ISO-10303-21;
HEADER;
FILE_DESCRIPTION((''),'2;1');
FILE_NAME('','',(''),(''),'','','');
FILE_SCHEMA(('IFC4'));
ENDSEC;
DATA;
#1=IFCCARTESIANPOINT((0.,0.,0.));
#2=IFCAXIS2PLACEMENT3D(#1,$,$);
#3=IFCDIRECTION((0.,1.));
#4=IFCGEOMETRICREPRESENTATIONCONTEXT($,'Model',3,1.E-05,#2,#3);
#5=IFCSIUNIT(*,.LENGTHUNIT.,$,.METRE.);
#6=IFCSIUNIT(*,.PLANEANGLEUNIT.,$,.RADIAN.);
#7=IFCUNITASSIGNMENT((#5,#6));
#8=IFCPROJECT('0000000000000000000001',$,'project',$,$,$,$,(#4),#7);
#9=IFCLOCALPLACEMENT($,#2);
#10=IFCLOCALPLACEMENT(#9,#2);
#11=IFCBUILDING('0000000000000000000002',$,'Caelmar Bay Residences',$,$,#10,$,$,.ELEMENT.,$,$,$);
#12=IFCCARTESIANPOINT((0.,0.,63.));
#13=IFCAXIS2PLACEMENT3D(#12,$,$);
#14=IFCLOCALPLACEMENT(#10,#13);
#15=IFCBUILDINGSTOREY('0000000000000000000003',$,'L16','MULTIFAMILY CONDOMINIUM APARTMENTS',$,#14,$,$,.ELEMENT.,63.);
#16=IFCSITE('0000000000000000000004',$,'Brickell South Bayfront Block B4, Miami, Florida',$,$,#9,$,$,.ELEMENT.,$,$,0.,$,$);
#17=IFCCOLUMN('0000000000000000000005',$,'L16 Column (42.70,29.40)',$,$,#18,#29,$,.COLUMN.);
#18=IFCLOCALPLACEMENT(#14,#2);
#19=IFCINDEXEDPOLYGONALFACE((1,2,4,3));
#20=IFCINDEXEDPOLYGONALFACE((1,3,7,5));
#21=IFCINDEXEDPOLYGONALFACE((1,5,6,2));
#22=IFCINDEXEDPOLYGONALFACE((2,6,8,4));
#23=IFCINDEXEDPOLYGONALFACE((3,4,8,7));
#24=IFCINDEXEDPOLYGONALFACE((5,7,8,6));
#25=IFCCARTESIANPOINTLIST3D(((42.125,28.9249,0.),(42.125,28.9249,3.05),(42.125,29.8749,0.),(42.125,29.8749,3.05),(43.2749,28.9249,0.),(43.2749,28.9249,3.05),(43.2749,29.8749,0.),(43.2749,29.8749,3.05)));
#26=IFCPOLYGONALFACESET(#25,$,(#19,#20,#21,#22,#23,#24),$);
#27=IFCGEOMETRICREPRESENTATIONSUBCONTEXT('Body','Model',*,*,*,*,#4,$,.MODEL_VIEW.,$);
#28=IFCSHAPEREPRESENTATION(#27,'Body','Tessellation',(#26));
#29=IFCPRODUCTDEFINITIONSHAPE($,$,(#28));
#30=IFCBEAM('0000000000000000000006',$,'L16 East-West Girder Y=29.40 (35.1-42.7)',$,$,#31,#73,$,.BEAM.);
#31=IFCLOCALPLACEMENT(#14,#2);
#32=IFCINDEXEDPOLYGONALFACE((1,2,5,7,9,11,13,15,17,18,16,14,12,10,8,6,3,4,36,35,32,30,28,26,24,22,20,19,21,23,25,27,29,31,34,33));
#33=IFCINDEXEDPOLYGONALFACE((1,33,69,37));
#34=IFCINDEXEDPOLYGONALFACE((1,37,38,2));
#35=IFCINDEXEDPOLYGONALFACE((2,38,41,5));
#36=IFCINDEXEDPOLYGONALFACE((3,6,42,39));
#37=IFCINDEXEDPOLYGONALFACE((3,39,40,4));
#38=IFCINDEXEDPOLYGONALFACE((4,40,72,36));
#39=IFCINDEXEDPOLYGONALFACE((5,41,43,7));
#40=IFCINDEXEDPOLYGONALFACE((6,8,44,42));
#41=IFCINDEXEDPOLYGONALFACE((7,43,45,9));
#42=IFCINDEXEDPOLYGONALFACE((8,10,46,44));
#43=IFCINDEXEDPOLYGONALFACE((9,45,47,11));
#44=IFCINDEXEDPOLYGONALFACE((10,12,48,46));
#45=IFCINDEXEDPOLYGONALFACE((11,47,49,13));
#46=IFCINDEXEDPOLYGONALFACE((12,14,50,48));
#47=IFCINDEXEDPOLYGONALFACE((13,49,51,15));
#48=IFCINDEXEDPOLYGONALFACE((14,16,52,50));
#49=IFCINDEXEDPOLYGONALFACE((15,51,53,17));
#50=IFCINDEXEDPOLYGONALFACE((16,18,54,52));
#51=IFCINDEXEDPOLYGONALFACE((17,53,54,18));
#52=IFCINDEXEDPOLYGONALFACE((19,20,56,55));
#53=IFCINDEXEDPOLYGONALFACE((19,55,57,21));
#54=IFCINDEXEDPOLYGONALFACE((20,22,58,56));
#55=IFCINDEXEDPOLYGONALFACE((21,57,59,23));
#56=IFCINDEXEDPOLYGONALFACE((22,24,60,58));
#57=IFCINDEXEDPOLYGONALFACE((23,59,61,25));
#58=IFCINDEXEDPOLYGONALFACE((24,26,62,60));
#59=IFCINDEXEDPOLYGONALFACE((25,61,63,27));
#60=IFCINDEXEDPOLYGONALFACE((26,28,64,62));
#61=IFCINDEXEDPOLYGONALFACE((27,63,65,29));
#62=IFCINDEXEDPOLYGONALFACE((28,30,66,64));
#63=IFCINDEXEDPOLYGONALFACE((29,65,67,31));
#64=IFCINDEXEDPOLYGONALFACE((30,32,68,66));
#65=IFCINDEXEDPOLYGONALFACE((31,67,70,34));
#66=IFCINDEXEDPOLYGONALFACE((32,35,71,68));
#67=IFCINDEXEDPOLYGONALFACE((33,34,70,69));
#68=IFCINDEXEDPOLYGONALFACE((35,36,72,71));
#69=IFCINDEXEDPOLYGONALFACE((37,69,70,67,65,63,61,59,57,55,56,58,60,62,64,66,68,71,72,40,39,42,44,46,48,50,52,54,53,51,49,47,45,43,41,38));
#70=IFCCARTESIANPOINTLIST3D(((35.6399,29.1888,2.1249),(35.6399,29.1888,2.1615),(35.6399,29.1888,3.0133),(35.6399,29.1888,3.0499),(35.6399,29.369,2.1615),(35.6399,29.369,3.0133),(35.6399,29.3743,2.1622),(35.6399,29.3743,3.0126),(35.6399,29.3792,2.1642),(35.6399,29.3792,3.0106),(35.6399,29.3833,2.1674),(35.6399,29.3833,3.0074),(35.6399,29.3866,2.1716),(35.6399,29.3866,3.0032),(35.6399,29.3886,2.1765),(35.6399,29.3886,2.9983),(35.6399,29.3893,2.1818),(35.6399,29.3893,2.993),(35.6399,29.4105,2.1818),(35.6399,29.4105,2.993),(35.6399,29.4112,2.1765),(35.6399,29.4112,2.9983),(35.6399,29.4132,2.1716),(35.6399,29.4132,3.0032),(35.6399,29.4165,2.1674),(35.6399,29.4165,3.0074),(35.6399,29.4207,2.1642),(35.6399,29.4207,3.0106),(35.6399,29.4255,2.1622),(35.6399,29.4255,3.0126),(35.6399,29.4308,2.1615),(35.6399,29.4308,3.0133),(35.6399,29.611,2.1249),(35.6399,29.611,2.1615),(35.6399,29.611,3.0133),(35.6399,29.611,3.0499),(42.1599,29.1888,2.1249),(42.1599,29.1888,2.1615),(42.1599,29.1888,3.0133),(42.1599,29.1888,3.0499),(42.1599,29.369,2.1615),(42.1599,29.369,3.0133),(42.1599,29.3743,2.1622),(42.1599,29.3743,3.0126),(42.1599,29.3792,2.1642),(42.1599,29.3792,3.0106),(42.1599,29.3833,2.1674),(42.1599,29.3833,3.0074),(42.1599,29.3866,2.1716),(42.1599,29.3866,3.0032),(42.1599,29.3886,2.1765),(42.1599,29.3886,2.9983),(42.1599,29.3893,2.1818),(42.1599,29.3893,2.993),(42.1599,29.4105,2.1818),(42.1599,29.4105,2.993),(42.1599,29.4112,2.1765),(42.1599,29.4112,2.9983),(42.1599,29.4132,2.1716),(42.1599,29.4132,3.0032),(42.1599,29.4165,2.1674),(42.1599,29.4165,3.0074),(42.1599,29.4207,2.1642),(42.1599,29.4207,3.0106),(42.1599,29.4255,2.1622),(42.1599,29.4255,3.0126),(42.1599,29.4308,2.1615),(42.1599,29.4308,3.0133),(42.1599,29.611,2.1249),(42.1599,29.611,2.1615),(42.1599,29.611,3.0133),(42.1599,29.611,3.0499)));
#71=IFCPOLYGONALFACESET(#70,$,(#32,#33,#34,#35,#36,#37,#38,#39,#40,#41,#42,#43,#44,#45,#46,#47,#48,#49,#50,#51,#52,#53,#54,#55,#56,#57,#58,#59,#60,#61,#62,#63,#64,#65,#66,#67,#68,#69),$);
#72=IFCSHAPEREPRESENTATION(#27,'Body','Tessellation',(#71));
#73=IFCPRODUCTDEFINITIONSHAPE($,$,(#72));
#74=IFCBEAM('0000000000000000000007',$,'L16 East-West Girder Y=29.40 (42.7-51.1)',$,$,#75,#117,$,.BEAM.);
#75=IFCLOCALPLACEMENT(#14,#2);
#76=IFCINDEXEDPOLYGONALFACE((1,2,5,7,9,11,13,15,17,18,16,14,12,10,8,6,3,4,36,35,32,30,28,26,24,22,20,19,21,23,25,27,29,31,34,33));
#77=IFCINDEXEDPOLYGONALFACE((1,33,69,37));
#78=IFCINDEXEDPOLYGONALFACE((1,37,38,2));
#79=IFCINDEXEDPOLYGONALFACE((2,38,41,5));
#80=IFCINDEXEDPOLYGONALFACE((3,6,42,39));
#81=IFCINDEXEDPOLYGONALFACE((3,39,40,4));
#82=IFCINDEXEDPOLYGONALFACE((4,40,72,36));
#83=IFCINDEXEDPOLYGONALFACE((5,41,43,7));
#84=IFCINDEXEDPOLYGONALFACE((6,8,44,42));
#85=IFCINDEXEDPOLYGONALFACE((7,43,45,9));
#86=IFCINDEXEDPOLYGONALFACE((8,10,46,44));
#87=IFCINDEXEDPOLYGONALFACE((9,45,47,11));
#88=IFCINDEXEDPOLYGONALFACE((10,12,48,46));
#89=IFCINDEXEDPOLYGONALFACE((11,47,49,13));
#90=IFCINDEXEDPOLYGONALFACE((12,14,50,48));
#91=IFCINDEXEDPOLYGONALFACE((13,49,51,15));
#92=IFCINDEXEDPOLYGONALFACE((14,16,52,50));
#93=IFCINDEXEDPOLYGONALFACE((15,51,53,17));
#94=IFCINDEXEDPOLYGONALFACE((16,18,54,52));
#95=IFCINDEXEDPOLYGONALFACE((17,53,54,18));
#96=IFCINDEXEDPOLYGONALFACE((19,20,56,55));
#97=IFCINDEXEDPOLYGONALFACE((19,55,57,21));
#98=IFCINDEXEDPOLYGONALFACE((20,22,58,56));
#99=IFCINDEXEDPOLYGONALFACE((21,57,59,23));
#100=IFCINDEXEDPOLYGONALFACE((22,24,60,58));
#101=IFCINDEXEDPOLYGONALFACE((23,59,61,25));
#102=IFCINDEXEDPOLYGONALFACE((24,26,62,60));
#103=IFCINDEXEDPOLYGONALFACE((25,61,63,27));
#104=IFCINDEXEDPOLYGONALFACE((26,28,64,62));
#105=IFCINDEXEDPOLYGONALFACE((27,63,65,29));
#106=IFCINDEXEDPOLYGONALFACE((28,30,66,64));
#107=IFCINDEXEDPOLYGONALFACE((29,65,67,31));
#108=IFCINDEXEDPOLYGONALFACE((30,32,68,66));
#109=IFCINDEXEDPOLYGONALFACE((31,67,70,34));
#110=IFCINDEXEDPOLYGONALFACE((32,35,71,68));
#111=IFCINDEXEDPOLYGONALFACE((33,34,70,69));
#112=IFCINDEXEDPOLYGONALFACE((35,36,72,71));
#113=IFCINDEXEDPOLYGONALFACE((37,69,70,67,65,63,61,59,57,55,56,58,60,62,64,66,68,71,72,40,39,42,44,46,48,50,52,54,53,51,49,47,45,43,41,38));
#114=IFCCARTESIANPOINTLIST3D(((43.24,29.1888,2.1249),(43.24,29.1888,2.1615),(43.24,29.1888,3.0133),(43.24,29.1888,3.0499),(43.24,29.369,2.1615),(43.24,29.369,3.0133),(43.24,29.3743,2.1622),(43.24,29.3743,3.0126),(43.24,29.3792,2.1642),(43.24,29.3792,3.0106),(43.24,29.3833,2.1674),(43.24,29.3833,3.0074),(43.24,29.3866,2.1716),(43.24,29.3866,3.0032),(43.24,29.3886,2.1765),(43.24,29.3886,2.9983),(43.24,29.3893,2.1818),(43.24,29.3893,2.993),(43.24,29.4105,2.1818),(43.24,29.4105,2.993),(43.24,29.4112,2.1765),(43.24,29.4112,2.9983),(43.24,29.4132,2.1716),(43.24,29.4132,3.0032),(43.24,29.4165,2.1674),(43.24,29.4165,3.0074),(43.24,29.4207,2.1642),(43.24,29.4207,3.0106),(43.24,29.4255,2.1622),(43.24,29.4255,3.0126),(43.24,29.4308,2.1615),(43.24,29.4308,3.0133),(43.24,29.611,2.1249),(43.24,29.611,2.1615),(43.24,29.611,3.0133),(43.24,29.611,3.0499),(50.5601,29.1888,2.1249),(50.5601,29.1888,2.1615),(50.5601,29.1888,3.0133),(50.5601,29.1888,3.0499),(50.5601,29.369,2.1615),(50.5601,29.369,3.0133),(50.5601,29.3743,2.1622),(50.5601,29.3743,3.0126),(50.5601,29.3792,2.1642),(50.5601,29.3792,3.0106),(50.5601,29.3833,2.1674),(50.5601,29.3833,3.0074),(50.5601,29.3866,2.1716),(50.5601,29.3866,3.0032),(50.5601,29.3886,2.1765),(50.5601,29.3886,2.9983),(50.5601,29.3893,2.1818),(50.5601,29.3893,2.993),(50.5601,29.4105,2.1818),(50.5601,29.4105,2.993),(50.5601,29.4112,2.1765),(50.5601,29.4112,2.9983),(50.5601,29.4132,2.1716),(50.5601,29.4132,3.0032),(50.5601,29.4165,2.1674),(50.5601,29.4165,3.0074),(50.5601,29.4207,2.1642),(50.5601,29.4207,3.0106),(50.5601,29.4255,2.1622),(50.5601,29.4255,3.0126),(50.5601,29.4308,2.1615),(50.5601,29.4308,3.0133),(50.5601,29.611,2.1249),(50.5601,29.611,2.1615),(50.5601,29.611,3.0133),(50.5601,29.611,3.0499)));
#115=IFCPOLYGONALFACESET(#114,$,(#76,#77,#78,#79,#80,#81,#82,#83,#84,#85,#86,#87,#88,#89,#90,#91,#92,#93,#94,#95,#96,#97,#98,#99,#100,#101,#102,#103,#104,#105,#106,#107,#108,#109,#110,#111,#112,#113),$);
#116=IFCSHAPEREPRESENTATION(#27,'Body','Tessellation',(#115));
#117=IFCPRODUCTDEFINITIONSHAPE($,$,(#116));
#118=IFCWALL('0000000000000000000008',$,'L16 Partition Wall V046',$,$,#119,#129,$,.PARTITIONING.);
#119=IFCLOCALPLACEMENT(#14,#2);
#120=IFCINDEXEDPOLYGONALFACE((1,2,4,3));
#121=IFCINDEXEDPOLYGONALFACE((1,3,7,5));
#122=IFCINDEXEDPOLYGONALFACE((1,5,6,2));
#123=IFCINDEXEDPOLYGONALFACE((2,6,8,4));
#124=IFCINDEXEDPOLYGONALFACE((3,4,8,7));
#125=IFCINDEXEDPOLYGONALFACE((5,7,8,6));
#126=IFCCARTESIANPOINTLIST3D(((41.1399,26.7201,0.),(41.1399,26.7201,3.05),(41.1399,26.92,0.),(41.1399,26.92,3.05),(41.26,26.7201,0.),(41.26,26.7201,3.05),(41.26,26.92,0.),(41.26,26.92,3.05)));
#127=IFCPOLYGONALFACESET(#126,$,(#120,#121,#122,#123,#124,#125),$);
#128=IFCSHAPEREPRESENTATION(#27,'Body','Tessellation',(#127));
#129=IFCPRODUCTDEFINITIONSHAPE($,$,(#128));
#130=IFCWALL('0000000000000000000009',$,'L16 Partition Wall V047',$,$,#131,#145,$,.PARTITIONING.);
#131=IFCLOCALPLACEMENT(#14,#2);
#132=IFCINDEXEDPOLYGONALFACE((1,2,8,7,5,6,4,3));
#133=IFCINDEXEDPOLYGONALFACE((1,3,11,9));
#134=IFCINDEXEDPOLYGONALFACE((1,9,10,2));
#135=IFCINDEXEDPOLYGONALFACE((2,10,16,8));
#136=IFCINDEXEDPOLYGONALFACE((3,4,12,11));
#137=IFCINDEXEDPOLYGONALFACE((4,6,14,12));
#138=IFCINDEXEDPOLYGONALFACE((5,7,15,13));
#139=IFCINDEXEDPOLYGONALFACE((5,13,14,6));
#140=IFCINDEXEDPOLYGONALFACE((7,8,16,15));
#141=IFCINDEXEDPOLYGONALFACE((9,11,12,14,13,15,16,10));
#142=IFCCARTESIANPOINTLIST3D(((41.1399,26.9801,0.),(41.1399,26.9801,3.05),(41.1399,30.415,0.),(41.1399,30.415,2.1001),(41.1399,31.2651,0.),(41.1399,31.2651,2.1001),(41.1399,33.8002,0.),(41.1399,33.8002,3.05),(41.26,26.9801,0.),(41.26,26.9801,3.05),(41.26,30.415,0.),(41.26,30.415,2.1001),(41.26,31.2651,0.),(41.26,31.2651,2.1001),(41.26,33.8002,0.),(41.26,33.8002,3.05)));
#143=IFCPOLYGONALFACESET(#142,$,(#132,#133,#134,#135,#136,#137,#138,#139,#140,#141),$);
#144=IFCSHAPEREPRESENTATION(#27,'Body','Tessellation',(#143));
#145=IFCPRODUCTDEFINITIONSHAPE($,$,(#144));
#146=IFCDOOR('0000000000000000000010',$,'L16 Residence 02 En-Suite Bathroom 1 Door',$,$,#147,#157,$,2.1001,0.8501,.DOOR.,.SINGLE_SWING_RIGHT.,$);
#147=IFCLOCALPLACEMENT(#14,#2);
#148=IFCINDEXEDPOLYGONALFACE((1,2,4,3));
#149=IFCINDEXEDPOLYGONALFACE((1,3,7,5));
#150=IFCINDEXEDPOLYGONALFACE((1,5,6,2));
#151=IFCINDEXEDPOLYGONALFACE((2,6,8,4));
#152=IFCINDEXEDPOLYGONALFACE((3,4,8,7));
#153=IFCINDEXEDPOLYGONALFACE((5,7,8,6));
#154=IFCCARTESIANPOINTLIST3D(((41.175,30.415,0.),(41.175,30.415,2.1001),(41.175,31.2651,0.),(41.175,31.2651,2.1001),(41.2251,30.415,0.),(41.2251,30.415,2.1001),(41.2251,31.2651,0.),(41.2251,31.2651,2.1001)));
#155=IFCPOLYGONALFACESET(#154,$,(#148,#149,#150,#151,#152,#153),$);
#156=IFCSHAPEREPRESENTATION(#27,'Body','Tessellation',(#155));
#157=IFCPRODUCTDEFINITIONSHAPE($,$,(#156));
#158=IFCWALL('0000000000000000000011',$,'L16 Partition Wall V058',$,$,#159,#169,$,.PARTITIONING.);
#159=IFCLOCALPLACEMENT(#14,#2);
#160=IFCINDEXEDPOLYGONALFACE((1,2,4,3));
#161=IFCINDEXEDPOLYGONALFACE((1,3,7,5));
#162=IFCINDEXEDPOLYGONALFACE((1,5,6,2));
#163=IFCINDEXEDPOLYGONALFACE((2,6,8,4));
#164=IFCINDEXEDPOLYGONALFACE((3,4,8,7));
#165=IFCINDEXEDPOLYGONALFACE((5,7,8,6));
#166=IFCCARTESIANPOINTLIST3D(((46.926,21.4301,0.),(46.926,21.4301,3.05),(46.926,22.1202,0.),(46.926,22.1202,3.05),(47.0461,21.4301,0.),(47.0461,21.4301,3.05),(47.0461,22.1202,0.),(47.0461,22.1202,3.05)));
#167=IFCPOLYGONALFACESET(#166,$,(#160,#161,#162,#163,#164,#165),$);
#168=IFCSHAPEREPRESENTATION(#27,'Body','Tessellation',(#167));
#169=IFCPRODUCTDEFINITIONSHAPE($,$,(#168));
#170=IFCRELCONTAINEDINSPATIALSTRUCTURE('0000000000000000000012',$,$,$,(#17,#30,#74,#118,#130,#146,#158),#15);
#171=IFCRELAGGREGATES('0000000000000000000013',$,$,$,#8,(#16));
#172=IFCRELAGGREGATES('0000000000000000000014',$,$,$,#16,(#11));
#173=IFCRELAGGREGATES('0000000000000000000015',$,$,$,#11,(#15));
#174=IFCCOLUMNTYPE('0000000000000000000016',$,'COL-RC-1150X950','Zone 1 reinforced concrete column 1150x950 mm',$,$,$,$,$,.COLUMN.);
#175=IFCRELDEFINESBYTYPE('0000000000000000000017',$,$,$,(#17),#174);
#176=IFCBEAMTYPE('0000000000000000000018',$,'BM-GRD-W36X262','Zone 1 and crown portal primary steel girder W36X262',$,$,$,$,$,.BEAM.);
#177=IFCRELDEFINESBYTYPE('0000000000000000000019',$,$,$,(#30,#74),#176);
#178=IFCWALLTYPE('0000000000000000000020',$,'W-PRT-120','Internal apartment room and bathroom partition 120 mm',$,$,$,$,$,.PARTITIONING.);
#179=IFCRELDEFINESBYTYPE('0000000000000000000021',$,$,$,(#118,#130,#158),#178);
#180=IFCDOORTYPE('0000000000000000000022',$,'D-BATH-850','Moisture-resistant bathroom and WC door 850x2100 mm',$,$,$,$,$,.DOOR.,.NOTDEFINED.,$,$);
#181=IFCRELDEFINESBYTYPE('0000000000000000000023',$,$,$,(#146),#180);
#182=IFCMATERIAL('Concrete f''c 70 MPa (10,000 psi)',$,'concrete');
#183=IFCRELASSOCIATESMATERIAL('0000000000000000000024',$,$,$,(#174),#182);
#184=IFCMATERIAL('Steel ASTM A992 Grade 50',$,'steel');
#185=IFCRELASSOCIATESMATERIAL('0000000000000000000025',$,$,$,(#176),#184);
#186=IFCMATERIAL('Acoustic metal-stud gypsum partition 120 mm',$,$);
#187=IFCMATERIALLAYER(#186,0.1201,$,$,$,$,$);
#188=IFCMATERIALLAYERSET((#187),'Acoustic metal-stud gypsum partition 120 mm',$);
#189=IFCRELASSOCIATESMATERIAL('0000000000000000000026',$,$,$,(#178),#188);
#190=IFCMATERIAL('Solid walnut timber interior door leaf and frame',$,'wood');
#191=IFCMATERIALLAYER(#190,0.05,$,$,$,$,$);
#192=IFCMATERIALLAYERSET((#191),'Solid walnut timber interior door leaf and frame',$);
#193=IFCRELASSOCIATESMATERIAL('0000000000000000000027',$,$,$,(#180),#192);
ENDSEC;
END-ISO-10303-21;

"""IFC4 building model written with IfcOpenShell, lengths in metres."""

from ifc_helpers import new_model, si_unit, direction, frame, frame_2d, origin, origin_2d, place, context, subcontext, project, spatial, rectangle, i_section, extrude, material, layer, layer_set, material_profile, profile_set, type_object, element, fill, save


model = new_model("IFC4")

# Units and contexts
model_context = context("Model", 3, precision=1e-05, world=origin(), true_north=direction((0.0, 1.0)))
body_context = subcontext(model_context, "Body", "Model", "MODEL_VIEW")
ifc_project = project(units=[si_unit("LENGTHUNIT", "METRE"), si_unit("PLANEANGLEUNIT", "RADIAN")], contexts=[model_context])

# Site, building, storey
site_placement = place(None, origin())
site = spatial("IfcSite", under=ifc_project, at=site_placement, Name="Brickell South Bayfront Block B4, Miami, Florida", CompositionType="ELEMENT", RefElevation=0.0)
building_placement = place(site_placement, origin())
building = spatial("IfcBuilding", under=site, at=building_placement, Name="Caelmar Bay Residences", CompositionType="ELEMENT")
storey_placement = place(building_placement, frame((0.0, 0.0, 63.0)))
storey = spatial("IfcBuildingStorey", under=building, at=storey_placement, Name="L16", Description="MULTIFAMILY CONDOMINIUM APARTMENTS", CompositionType="ELEMENT", Elevation=63.0)

# Column
ifc_material_1 = material(Name="Concrete f'c 70 MPa (10,000 psi)", Category="concrete")
ifc_material_profile_1 = material_profile(ifc_material_1, rectangle(XDim=1.1499, YDim=0.95, at=origin_2d()), Name="RC-COL-1150X950")
ifc_profile_set_1 = profile_set([ifc_material_profile_1], Name="Concrete f'c 70 MPa (10,000 psi)")
column_type = type_object("IfcColumnType", Name="COL-RC-1150X950", Description="Zone 1 reinforced concrete column 1150x950 mm", PredefinedType="COLUMN", material=ifc_profile_set_1)
column_placement = place(storey_placement, frame((42.7, 29.3999, 0.0), z_axis=(0.0, 0.0, 1.0), x_axis=(1.0, 0.0, 0.0)))
element("IfcColumn", 1, at=column_placement, inside=storey, type_object=column_type, Name="L16 Column (42.70,29.40)", PredefinedType="COLUMN", context=body_context, shape_type="SweptSolid", body=[
    extrude(rectangle(XDim=1.1499, YDim=0.95, at=origin_2d()), origin(), (0.0, 0.0, 1.0), 3.05),
])

# Beams
ifc_material_2 = material(Name="Steel ASTM A992 Grade 50", Category="steel")
ifc_material_profile_2 = material_profile(ifc_material_2, i_section(OverallWidth=0.4221, OverallDepth=0.925, WebThickness=0.0212, FlangeThickness=0.0366, FilletRadius=0.0203, at=origin_2d()), Name="W36X262")
ifc_profile_set_2 = profile_set([ifc_material_profile_2], Name="Steel ASTM A992 Grade 50")
beam_type = type_object("IfcBeamType", Name="BM-GRD-W36X262", Description="Zone 1 and crown portal primary steel girder W36X262", PredefinedType="BEAM", material=ifc_profile_set_2)
beam_1_placement = place(storey_placement, frame((35.6399, 29.3999, 2.5874), z_axis=(1.0, 0.0, 0.0), x_axis=(0.0, 1.0, 0.0)))
element("IfcBeam", 2, at=beam_1_placement, inside=storey, type_object=beam_type, Name="L16 East-West Girder Y=29.40 (35.1-42.7)", PredefinedType="BEAM", context=body_context, shape_type="SweptSolid", body=[
    extrude(i_section(OverallWidth=0.4221, OverallDepth=0.925, WebThickness=0.0212, FlangeThickness=0.0366, FilletRadius=0.0203, at=origin_2d()), origin(), (0.0, 0.0, 1.0), 6.52),
])
beam_2_placement = place(storey_placement, frame((43.24, 29.3999, 2.5874), z_axis=(1.0, 0.0, 0.0), x_axis=(0.0, 1.0, 0.0)))
element("IfcBeam", 3, at=beam_2_placement, inside=storey, type_object=beam_type, Name="L16 East-West Girder Y=29.40 (42.7-51.1)", PredefinedType="BEAM", context=body_context, shape_type="SweptSolid", body=[
    extrude(i_section(OverallWidth=0.4221, OverallDepth=0.925, WebThickness=0.0212, FlangeThickness=0.0366, FilletRadius=0.0203, at=origin_2d()), origin(), (0.0, 0.0, 1.0), 7.3201),
])

# Wall
ifc_material_3 = material(Name="Acoustic metal-stud gypsum partition 120 mm")
ifc_layer_1 = layer(ifc_material_3, 0.1201)
ifc_layer_set_1 = layer_set([ifc_layer_1], Name="Acoustic metal-stud gypsum partition 120 mm")
wall_type_1 = type_object("IfcWallType", Name="W-PRT-120", Description="Internal apartment room and bathroom partition 120 mm", PredefinedType="PARTITIONING", material=ifc_layer_set_1)
wall_1_placement = place(storey_placement, frame((41.2, 26.72, 0.0), z_axis=(0.0, 0.0, 1.0), x_axis=(0.0, 1.0, 0.0)))
element("IfcWall", 4, at=wall_1_placement, inside=storey, type_object=wall_type_1, Name="L16 Partition Wall V046", PredefinedType="PARTITIONING", context=body_context, shape_type="SweptSolid", body=[
    extrude(rectangle(XDim=0.2, YDim=0.1201, at=frame_2d((0.1001, 0.0))), origin(), (0.0, 0.0, 1.0), 3.05),
])

# Wall, opening, door
wall_2_placement = place(storey_placement, frame((41.2, 26.98, 0.0), z_axis=(0.0, 0.0, 1.0), x_axis=(0.0, 1.0, 0.0)))
wall_2 = element("IfcWall", 5, at=wall_2_placement, inside=storey, type_object=wall_type_1, Name="L16 Partition Wall V047", PredefinedType="PARTITIONING", context=body_context, shape_type="SweptSolid", body=[
    extrude(rectangle(XDim=6.8201, YDim=0.1201, at=frame_2d((3.4102, 0.0))), origin(), (0.0, 0.0, 1.0), 3.05),
])
opening_1_placement = place(wall_2_placement, frame((3.4351, 0.0, 0.0)))
opening_1 = element("IfcOpeningElement", 6, at=opening_1_placement, cuts=wall_2, PredefinedType="OPENING", context=body_context, shape_type="SweptSolid", body=[
    extrude(rectangle(XDim=0.8501, YDim=2.1001, at=frame_2d((0.425, 1.05))), frame((0.0, 0.0701, 0.0), z_axis=(0.0, -1.0, 0.0), x_axis=(1.0, 0.0, 0.0)), (0.0, 0.0, 1.0), 0.1401),
])
ifc_material_4 = material(Name="Solid walnut timber interior door leaf and frame", Category="wood")
ifc_layer_2 = layer(ifc_material_4, 0.05)
ifc_layer_set_2 = layer_set([ifc_layer_2], Name="Solid walnut timber interior door leaf and frame")
door_type_1 = type_object("IfcDoorType", Name="D-BATH-850", Description="Moisture-resistant bathroom and WC door 850x2100 mm", OperationType="NOTDEFINED", PredefinedType="DOOR", material=ifc_layer_set_2)
door_1_placement = place(opening_1_placement, origin())
door_1 = element("IfcDoor", 7, at=door_1_placement, inside=storey, type_object=door_type_1, Name="L16 Residence 02 En-Suite Bathroom 1 Door", OperationType="SINGLE_SWING_RIGHT", OverallHeight=2.1001, OverallWidth=0.8501, PredefinedType="DOOR", context=body_context, shape_type="SweptSolid", body=[
    extrude(rectangle(XDim=0.8501, YDim=2.1001, at=frame_2d((0.425, 1.05))), frame((0.0, 0.0249, 0.0), z_axis=(0.0, -1.0, 0.0), x_axis=(1.0, 0.0, 0.0)), (0.0, 0.0, 1.0), 0.05),
])
fill(opening_1, door_1)

# Wall
wall_3_placement = place(storey_placement, frame((46.9861, 21.4299, 0.0), z_axis=(0.0, 0.0, 1.0), x_axis=(0.0, 1.0, 0.0)))
element("IfcWall", 8, at=wall_3_placement, inside=storey, type_object=wall_type_1, Name="L16 Partition Wall V058", PredefinedType="PARTITIONING", context=body_context, shape_type="SweptSolid", body=[
    extrude(rectangle(XDim=0.6902, YDim=0.1201, at=frame_2d((0.3452, 0.0))), origin(), (0.0, 0.0, 1.0), 3.05),
])

save(model, "model.ifc")
